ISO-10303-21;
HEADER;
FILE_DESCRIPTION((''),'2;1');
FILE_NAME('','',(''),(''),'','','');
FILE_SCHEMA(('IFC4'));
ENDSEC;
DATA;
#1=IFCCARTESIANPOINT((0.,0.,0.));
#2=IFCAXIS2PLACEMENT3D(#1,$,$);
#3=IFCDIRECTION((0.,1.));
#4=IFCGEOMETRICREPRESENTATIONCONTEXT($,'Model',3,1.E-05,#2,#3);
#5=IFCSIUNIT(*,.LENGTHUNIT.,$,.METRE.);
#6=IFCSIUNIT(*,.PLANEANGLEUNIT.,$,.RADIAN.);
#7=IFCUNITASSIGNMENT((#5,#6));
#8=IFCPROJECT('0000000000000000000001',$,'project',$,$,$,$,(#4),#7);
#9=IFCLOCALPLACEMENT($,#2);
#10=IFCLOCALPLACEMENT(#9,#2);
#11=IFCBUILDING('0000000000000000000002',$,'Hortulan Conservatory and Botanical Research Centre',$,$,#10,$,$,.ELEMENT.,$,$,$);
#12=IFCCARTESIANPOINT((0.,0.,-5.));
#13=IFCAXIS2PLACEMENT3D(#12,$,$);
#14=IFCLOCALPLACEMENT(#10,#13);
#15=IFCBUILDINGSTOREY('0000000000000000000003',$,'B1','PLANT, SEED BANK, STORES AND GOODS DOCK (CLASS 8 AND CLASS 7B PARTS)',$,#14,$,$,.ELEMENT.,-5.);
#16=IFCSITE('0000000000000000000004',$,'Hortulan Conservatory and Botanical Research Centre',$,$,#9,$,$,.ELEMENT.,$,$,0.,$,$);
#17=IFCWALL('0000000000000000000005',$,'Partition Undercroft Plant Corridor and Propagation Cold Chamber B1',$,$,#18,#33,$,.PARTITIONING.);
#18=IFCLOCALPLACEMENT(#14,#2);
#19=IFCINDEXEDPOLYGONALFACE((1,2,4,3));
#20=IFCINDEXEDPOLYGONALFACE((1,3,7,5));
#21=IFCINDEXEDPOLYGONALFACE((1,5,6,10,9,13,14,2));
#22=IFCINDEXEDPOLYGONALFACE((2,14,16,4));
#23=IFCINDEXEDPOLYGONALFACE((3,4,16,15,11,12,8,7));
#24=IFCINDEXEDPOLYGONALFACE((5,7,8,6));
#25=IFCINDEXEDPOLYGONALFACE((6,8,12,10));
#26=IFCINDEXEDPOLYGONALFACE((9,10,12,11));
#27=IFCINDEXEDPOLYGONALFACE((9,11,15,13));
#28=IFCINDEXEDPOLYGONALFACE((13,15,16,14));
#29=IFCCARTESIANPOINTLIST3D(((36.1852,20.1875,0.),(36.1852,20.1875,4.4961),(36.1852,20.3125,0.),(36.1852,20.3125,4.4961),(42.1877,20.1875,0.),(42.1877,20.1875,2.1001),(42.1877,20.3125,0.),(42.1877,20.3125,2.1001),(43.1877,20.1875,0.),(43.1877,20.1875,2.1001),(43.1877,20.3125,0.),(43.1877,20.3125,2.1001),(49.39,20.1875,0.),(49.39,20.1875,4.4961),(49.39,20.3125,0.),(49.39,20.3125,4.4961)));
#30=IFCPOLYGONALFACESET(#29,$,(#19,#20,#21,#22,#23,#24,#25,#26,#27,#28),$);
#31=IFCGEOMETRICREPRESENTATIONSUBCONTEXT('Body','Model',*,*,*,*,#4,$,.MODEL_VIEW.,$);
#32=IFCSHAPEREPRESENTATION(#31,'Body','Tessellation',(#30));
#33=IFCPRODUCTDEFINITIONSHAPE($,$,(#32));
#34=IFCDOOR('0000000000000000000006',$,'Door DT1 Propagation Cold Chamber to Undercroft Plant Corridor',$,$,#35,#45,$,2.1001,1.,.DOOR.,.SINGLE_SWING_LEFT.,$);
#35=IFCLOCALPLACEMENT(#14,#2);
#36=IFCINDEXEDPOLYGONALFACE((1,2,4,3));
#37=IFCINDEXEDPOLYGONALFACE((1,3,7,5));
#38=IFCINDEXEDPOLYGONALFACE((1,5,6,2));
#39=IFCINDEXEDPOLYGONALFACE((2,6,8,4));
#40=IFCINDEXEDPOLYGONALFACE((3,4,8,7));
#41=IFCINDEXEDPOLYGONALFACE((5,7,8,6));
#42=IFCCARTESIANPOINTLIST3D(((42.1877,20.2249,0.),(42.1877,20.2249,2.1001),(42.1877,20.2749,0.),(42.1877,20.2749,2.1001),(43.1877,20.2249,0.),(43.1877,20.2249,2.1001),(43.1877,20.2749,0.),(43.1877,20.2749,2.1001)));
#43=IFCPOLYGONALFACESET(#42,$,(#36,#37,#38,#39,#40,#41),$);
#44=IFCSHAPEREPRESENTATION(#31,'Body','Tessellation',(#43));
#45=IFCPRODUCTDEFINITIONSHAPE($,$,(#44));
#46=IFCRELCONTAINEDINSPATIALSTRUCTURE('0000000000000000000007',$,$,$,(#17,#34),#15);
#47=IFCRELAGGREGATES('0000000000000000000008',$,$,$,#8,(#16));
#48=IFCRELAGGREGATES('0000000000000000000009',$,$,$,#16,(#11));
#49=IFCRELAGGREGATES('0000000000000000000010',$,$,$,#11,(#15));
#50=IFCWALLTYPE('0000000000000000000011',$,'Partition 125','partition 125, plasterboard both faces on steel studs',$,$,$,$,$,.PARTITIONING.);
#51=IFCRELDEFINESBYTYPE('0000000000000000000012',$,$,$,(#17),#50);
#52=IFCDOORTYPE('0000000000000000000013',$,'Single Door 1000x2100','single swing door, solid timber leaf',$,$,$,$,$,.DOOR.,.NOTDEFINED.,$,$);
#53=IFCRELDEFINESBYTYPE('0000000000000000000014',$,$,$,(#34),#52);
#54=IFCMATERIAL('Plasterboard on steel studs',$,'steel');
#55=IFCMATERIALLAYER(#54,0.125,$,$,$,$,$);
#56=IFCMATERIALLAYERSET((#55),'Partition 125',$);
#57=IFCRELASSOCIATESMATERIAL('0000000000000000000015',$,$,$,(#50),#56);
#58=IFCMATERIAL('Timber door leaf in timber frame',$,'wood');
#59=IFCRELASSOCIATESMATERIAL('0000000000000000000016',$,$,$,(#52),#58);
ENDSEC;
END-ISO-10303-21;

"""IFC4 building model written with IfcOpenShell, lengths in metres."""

from ifc_helpers import new_model, si_unit, direction, frame, frame_2d, origin, place, context, subcontext, project, spatial, rectangle, extrude, material, layer, layer_set, type_object, element, fill, save


model = new_model("IFC4")

# Units and contexts
model_context = context("Model", 3, precision=1e-05, world=origin(), true_north=direction((0.0, 1.0)))
body_context = subcontext(model_context, "Body", "Model", "MODEL_VIEW")
ifc_project = project(units=[si_unit("LENGTHUNIT", "METRE"), si_unit("PLANEANGLEUNIT", "RADIAN")], contexts=[model_context])

# Site, building, storey
site_placement = place(None, origin())
site = spatial("IfcSite", under=ifc_project, at=site_placement, Name="Hortulan Conservatory and Botanical Research Centre", CompositionType="ELEMENT", RefElevation=0.0)
building_placement = place(site_placement, origin())
building = spatial("IfcBuilding", under=site, at=building_placement, Name="Hortulan Conservatory and Botanical Research Centre", CompositionType="ELEMENT")
storey_placement = place(building_placement, frame((0.0, 0.0, -5.0)))
storey = spatial("IfcBuildingStorey", under=building, at=storey_placement, Name="B1", Description="PLANT, SEED BANK, STORES AND GOODS DOCK (CLASS 8 AND CLASS 7B PARTS)", CompositionType="ELEMENT", Elevation=-5.0)

# Wall, opening, door
ifc_material_1 = material(Name="Plasterboard on steel studs", Category="steel")
ifc_layer_1 = layer(ifc_material_1, 0.125)
ifc_layer_set_1 = layer_set([ifc_layer_1], Name="Partition 125")
wall_type_1 = type_object("IfcWallType", Name="Partition 125", Description="partition 125, plasterboard both faces on steel studs", PredefinedType="PARTITIONING", material=ifc_layer_set_1)
wall_1_placement = place(storey_placement, frame((36.1851, 20.25, 0.0), z_axis=(0.0, 0.0, 1.0), x_axis=(1.0, 0.0, 0.0)))
wall_1 = element("IfcWall", 1, at=wall_1_placement, inside=storey, type_object=wall_type_1, Name="Partition Undercroft Plant Corridor and Propagation Cold Chamber B1", PredefinedType="PARTITIONING", context=body_context, shape_type="SweptSolid", body=[
    extrude(rectangle(XDim=13.2048, YDim=0.125, at=frame_2d((6.6025, 0.0))), origin(), (0.0, 0.0, 1.0), 4.4961),
])
opening_1_placement = place(wall_1_placement, frame((6.0027, 0.0, 0.0)))
opening_1 = element("IfcOpeningElement", 2, at=opening_1_placement, cuts=wall_1, PredefinedType="OPENING", context=body_context, shape_type="SweptSolid", body=[
    extrude(rectangle(XDim=1.0, YDim=2.1001, at=frame_2d((0.5, 1.05))), frame((0.0, 0.0725, 0.0), z_axis=(0.0, -1.0, 0.0), x_axis=(1.0, 0.0, 0.0)), (0.0, 0.0, 1.0), 0.145),
])
ifc_material_2 = material(Name="Timber door leaf in timber frame", Category="wood")
door_type_1 = type_object("IfcDoorType", Name="Single Door 1000x2100", Description="single swing door, solid timber leaf", OperationType="NOTDEFINED", PredefinedType="DOOR", material=ifc_material_2)
door_1_placement = place(opening_1_placement, origin())
door_1 = element("IfcDoor", 3, at=door_1_placement, inside=storey, type_object=door_type_1, Name="Door DT1 Propagation Cold Chamber to Undercroft Plant Corridor", OperationType="SINGLE_SWING_LEFT", OverallHeight=2.1001, OverallWidth=1.0, PredefinedType="DOOR", context=body_context, shape_type="SweptSolid", body=[
    extrude(rectangle(XDim=1.0, YDim=2.1001, at=frame_2d((0.5, 1.05))), frame((0.0, 0.0249, 0.0), z_axis=(0.0, -1.0, 0.0), x_axis=(1.0, 0.0, 0.0)), (0.0, 0.0, 1.0), 0.05),
])
fill(opening_1, door_1)

save(model, "model.ifc")
